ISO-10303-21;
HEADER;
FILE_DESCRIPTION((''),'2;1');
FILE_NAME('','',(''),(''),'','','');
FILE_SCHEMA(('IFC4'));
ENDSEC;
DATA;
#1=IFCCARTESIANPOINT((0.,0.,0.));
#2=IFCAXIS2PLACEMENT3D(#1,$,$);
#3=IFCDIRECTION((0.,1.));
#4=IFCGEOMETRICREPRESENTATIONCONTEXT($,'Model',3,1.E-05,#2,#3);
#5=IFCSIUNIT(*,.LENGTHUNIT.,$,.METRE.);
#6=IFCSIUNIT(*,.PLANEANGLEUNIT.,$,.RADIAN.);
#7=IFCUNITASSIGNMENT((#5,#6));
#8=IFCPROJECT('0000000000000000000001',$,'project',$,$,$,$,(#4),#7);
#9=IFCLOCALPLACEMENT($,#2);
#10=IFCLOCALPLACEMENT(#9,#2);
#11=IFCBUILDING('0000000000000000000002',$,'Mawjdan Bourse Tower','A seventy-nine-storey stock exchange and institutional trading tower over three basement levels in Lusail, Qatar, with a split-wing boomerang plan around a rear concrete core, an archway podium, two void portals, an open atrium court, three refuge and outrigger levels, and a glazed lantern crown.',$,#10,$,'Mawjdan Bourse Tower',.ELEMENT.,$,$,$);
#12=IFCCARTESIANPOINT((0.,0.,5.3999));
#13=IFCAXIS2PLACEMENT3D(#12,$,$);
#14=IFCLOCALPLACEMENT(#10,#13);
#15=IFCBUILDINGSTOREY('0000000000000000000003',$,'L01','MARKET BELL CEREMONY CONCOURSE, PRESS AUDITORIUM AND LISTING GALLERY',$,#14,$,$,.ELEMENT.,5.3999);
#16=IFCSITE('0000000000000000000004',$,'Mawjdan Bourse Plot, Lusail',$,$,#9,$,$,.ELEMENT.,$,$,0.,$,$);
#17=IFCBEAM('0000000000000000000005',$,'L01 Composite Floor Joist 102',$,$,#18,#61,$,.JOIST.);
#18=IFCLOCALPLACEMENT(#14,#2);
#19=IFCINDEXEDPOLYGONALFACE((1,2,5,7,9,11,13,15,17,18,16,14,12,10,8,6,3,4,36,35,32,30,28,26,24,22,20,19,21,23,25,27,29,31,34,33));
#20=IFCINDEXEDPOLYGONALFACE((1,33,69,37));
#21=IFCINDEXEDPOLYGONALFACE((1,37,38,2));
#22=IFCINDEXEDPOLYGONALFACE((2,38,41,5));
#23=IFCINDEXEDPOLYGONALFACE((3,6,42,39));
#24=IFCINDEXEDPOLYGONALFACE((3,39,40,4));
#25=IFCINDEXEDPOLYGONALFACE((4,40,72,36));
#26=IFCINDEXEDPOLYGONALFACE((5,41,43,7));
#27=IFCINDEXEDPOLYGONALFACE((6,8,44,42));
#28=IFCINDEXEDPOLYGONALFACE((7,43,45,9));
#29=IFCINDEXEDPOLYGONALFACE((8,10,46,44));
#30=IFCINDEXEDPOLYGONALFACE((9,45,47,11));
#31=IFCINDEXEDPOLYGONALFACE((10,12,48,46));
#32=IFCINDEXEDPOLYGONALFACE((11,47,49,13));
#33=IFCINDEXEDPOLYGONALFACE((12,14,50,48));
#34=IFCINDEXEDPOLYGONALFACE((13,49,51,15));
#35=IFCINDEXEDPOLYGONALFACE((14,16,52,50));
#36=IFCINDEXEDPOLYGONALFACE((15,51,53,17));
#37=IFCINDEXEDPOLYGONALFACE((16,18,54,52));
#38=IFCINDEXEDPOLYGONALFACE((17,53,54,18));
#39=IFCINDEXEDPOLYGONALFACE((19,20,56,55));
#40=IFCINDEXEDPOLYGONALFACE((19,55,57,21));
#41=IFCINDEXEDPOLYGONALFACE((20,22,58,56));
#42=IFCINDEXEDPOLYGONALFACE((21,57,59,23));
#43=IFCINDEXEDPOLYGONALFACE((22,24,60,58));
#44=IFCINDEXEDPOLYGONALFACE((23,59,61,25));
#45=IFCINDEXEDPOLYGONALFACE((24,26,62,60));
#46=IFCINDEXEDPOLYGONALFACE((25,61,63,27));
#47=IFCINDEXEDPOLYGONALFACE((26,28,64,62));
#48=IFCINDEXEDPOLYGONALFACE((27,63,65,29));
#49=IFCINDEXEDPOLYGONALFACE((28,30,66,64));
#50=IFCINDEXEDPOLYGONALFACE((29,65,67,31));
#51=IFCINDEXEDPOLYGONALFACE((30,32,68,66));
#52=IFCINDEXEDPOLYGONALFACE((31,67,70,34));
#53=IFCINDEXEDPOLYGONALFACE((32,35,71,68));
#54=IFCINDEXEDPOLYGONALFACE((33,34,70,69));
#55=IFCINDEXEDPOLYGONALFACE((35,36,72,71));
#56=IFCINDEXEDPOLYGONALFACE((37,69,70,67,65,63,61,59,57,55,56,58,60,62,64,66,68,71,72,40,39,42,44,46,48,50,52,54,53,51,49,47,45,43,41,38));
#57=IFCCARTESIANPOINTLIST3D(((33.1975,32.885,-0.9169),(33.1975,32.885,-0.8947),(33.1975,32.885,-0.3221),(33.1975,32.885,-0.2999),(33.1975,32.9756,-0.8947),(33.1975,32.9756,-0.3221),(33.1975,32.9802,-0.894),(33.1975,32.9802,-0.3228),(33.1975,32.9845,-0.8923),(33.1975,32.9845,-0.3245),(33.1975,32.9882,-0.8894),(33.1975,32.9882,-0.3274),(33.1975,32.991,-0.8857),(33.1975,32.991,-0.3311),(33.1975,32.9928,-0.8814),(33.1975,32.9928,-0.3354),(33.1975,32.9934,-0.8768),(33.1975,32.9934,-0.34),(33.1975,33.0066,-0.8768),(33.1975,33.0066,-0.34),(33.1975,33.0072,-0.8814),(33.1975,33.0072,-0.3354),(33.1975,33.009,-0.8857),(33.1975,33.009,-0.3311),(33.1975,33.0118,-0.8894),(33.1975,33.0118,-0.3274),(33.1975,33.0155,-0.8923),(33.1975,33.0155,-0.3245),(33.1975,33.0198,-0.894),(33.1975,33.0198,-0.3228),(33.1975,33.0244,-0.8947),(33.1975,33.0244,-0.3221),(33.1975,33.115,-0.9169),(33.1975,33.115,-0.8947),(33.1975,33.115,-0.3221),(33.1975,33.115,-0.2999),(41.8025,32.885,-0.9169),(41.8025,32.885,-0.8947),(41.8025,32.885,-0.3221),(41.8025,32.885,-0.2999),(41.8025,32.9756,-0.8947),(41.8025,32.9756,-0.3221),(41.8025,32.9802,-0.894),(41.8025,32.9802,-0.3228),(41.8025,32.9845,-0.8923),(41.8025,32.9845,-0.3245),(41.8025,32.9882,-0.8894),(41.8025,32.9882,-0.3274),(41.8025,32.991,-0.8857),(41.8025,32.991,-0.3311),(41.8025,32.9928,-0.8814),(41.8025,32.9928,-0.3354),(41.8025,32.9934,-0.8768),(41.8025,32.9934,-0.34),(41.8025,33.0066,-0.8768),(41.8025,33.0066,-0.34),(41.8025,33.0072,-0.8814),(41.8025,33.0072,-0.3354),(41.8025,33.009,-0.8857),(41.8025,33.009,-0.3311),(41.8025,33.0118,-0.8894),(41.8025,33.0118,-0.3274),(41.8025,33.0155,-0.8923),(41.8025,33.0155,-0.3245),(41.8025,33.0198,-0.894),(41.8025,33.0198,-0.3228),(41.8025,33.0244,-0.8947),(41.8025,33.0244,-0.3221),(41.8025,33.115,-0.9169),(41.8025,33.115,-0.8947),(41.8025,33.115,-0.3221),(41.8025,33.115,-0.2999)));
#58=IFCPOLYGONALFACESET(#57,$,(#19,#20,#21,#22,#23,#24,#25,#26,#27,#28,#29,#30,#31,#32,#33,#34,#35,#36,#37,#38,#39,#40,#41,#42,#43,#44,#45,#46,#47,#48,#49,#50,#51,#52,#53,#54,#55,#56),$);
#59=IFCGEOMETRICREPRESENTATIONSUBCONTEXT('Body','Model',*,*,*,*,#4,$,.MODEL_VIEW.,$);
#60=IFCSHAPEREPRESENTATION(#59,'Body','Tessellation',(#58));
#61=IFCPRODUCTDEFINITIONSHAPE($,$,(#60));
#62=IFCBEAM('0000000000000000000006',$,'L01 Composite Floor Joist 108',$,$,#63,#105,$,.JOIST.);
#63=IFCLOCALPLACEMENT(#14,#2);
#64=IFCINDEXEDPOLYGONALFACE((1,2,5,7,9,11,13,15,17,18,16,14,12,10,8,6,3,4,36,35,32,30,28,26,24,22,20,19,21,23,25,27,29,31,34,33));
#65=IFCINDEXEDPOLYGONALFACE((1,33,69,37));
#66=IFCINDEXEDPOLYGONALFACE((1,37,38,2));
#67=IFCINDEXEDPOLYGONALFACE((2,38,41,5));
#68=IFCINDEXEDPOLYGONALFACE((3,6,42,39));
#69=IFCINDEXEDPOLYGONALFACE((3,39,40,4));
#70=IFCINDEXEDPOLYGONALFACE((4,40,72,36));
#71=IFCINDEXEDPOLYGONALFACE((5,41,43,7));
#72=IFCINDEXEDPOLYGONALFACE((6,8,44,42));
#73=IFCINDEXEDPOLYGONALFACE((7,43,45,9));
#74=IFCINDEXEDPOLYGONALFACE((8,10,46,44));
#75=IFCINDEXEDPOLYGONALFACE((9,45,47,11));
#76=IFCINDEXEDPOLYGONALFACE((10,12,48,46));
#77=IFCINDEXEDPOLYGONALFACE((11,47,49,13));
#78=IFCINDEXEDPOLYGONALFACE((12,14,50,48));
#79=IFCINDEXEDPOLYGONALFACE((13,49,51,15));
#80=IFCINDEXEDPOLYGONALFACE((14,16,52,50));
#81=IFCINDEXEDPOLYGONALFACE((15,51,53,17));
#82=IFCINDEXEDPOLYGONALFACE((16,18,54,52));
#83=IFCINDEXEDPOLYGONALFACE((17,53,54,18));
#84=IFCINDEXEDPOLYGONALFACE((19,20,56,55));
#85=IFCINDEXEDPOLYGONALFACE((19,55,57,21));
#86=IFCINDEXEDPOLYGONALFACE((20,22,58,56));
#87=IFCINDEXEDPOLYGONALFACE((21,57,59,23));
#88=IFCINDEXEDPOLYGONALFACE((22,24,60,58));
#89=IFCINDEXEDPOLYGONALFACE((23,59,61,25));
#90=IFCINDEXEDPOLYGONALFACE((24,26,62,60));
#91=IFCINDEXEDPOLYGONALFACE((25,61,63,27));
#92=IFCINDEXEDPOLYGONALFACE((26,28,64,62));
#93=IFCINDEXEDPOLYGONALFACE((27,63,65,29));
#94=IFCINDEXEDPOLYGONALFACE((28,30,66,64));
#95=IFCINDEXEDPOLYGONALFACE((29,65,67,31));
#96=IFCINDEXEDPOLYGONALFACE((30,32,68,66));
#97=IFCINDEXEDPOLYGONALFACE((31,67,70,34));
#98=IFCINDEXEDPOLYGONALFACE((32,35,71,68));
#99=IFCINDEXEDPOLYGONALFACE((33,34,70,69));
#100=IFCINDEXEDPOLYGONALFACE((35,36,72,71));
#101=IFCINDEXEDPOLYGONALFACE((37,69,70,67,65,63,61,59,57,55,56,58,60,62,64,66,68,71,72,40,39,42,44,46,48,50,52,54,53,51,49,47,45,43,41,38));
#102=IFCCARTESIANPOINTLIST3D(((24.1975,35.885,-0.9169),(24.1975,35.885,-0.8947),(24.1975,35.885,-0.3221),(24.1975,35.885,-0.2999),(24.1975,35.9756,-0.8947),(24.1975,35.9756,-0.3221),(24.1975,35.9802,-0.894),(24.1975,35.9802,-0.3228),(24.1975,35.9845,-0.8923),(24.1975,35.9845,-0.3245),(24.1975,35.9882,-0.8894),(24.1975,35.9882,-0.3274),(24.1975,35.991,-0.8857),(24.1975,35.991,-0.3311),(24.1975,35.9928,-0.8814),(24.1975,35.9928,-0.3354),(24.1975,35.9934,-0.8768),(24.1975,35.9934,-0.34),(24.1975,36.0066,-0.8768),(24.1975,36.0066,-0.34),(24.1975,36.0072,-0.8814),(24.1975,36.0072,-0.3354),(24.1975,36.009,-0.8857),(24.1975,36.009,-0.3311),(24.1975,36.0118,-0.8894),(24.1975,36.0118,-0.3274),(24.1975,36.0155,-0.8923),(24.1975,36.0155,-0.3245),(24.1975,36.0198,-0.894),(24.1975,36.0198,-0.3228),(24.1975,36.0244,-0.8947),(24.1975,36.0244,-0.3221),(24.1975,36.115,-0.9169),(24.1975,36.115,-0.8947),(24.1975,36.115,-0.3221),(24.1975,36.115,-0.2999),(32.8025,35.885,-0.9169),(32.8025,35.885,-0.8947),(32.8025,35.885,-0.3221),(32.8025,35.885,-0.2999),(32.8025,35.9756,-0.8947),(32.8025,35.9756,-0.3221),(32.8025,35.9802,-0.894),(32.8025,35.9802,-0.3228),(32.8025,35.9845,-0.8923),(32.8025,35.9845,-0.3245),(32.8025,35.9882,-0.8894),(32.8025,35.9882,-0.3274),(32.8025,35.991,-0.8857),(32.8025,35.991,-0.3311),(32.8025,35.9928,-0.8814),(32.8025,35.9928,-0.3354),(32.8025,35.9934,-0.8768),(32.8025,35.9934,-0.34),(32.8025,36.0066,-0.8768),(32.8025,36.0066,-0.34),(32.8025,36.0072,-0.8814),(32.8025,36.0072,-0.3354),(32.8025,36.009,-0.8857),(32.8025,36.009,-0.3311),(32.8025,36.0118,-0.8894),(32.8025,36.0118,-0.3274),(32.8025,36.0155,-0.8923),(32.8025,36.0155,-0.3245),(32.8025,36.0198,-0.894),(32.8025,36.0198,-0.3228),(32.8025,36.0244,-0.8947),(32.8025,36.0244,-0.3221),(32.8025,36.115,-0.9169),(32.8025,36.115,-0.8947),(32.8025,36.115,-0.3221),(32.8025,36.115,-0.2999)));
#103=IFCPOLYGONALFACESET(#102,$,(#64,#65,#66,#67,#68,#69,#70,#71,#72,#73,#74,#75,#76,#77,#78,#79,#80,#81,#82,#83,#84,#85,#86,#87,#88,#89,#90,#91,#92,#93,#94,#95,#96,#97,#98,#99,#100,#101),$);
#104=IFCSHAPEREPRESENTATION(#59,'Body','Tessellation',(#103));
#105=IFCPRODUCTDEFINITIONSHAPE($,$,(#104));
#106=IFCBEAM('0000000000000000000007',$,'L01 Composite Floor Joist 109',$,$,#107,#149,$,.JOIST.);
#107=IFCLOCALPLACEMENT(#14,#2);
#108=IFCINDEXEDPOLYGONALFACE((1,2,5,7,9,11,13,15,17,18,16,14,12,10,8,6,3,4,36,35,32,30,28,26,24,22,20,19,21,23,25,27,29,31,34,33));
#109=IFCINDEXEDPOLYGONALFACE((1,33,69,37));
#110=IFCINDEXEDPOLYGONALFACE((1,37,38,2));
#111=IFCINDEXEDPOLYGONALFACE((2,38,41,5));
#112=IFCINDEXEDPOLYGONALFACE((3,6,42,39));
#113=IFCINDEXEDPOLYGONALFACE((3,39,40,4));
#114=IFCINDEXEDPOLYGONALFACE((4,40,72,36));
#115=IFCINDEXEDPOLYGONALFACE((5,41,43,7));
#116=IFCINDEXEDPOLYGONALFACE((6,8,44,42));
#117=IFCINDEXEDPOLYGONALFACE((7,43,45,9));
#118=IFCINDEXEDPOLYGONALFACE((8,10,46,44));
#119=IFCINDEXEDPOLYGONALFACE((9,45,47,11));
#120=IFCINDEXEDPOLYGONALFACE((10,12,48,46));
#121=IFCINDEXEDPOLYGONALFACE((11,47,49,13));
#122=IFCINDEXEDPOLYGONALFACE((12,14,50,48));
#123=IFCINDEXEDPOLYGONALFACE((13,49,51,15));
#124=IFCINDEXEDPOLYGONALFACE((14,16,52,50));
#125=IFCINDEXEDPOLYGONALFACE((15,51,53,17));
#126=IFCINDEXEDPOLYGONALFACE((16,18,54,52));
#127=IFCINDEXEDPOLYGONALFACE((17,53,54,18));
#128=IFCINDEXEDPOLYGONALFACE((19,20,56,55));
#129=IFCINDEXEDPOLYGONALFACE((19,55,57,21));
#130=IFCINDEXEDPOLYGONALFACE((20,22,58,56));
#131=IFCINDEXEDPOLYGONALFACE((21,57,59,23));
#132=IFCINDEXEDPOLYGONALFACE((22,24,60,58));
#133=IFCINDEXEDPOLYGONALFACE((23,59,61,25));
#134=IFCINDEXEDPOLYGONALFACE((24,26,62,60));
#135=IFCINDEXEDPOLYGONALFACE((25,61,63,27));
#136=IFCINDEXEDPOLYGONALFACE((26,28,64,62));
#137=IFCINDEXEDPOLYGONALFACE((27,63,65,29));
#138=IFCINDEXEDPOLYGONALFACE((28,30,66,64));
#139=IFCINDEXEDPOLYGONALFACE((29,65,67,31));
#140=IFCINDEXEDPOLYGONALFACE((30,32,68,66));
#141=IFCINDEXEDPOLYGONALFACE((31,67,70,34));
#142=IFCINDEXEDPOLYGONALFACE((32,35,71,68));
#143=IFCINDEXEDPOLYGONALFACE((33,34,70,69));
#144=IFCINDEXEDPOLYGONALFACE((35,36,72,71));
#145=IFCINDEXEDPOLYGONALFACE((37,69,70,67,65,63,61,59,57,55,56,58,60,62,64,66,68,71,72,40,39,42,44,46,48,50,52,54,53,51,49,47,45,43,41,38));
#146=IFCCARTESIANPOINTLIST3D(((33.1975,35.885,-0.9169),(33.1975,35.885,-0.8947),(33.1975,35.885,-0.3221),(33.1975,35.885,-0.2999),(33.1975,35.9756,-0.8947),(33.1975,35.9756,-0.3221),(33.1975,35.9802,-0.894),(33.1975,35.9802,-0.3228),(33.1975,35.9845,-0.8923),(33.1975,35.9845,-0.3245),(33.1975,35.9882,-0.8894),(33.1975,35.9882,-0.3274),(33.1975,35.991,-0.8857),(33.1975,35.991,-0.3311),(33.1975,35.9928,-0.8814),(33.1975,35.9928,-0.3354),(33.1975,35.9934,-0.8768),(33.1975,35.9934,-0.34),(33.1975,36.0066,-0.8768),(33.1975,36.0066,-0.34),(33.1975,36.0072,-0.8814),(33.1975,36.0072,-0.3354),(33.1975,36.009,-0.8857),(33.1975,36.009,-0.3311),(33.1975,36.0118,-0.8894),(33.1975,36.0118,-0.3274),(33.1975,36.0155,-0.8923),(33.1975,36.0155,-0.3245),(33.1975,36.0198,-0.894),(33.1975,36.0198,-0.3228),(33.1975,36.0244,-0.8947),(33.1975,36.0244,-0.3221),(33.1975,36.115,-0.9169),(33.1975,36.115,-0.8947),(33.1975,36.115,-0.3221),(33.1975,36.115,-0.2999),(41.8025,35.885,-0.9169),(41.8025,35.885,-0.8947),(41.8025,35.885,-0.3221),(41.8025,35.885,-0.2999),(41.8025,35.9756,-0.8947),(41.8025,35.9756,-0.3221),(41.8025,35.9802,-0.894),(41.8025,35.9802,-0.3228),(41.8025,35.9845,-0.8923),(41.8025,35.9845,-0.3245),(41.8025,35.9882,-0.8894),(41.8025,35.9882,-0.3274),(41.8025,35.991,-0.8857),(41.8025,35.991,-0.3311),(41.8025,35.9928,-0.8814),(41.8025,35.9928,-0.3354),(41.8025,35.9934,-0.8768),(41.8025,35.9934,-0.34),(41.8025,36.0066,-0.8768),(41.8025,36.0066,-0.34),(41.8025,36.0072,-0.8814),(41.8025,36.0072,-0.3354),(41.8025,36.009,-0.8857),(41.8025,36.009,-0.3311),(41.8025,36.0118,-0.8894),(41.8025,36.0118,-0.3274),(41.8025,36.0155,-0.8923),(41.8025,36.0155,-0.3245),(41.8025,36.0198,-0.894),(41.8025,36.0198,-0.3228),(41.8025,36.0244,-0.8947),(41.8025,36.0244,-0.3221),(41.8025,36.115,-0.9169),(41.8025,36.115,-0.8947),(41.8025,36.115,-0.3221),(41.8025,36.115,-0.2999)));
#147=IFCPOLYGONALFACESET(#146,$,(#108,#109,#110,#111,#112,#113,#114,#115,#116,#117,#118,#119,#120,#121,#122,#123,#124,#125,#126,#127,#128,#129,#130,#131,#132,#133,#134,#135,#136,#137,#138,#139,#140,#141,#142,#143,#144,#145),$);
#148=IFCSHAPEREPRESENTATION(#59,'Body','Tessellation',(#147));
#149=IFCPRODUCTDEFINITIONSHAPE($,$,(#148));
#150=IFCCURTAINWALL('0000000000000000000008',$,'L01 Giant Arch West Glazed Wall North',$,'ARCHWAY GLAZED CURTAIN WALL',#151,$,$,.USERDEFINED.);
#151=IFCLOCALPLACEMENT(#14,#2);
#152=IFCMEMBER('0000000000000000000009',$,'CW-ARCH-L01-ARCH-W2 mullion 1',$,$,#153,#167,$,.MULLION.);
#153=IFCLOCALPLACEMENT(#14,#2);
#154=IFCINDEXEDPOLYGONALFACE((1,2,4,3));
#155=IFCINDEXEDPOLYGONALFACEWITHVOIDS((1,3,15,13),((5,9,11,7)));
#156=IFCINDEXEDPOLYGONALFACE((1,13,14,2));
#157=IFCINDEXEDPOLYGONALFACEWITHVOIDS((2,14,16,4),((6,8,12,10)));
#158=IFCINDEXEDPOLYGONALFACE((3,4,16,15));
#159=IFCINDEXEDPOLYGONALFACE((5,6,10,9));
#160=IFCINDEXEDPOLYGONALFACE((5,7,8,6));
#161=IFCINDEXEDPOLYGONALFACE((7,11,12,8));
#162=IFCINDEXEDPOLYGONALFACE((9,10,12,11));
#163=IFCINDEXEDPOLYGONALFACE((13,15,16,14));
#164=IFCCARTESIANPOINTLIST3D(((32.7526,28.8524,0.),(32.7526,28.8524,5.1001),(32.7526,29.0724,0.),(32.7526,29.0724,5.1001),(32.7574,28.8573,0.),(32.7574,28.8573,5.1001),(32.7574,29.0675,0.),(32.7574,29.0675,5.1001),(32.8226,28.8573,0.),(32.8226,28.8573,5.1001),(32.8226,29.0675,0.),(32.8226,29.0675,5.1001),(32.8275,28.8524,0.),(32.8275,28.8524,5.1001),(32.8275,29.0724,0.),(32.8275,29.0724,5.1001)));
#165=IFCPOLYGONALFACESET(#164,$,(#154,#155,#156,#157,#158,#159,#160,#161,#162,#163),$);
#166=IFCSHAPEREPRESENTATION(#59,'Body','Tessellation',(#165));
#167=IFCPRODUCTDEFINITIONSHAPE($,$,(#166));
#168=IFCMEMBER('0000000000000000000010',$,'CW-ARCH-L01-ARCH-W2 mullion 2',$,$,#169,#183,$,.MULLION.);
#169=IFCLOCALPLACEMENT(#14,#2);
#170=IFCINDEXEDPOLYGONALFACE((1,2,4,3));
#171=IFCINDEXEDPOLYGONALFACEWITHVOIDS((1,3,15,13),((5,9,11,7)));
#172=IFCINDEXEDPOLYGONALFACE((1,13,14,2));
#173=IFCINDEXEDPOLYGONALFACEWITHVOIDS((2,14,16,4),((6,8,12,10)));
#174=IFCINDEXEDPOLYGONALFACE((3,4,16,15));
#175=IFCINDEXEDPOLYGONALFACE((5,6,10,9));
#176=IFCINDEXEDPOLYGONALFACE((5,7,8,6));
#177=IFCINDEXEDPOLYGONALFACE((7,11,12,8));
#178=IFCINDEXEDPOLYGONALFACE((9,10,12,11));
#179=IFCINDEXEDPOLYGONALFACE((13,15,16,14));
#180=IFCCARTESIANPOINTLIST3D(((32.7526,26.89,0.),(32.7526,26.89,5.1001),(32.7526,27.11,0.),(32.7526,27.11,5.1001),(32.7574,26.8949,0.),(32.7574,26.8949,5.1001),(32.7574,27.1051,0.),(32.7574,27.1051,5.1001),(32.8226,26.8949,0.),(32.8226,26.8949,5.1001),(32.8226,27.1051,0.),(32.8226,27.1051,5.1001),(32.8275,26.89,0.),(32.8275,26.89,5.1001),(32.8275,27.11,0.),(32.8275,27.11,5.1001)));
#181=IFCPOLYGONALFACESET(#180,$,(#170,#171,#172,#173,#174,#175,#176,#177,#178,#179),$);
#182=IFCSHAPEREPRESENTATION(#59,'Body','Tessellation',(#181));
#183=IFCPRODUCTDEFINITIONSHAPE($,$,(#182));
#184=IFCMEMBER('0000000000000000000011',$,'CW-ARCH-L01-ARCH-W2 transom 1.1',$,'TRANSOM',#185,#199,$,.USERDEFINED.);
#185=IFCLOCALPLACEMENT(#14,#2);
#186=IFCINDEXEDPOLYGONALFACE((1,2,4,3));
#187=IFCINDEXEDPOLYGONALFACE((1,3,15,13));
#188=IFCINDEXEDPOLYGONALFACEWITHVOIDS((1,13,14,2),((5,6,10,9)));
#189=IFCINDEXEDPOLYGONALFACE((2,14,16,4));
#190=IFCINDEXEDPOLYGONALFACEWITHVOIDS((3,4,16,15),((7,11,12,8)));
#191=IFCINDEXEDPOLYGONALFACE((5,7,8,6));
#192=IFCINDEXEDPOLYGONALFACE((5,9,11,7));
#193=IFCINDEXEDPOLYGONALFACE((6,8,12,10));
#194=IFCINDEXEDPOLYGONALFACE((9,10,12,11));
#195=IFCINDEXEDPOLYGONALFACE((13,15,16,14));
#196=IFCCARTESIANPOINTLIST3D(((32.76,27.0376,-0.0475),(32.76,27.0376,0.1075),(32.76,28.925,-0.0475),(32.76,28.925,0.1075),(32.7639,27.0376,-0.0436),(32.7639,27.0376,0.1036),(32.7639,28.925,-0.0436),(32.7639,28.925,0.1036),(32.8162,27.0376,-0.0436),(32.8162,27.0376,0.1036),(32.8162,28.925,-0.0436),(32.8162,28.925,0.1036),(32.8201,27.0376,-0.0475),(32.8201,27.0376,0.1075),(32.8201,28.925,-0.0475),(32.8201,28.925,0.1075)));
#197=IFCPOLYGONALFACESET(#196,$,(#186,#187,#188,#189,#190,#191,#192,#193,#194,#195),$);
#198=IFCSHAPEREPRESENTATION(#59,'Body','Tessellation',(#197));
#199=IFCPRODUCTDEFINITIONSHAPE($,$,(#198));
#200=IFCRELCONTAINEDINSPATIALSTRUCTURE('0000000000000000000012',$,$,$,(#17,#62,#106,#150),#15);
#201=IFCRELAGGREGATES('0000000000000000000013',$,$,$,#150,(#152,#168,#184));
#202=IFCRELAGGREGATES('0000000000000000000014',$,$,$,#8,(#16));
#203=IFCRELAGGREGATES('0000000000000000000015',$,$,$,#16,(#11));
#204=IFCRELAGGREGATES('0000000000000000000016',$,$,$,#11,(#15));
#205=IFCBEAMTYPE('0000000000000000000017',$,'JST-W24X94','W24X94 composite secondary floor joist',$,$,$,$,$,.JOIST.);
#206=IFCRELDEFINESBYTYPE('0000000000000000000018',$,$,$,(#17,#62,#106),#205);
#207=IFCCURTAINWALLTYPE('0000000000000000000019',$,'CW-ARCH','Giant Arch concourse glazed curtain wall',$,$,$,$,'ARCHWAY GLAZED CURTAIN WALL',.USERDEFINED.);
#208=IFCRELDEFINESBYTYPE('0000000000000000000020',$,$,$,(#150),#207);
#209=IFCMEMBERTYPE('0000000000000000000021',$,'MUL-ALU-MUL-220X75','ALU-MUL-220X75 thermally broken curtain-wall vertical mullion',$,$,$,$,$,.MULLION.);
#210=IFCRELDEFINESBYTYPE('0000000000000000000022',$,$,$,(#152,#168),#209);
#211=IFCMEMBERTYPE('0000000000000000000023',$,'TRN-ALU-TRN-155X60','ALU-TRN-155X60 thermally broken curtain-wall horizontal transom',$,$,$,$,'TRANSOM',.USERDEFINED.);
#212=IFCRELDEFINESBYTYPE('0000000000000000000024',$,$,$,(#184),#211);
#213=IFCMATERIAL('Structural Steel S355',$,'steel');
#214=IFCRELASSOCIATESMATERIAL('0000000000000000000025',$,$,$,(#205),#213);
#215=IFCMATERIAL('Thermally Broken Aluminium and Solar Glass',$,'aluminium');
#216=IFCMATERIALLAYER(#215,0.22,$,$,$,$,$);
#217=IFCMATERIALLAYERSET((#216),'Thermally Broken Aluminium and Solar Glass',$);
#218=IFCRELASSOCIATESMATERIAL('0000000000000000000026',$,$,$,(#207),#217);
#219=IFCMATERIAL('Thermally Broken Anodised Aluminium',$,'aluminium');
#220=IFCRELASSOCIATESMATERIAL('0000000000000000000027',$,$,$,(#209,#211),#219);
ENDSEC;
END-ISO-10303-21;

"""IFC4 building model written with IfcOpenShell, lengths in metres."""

from ifc_helpers import new_model, si_unit, direction, frame, origin, origin_2d, place, context, subcontext, project, spatial, hollow_rectangle, i_section, extrude, material, layer, layer_set, material_profile, profile_set, type_object, element, aggregate, save


model = new_model("IFC4")

# Units and contexts
model_context = context("Model", 3, precision=1e-05, world=origin(), true_north=direction((0.0, 1.0)))
body_context = subcontext(model_context, "Body", "Model", "MODEL_VIEW")
ifc_project = project(units=[si_unit("LENGTHUNIT", "METRE"), si_unit("PLANEANGLEUNIT", "RADIAN")], contexts=[model_context])

# Site, building, storey
site_placement = place(None, origin())
site = spatial("IfcSite", under=ifc_project, at=site_placement, Name="Mawjdan Bourse Plot, Lusail", CompositionType="ELEMENT", RefElevation=0.0)
building_placement = place(site_placement, origin())
building = spatial("IfcBuilding", under=site, at=building_placement, Name="Mawjdan Bourse Tower", Description="A seventy-nine-storey stock exchange and institutional trading tower over three basement levels in Lusail, Qatar, with a split-wing boomerang plan around a rear concrete core, an archway podium, two void portals, an open atrium court, three refuge and outrigger levels, and a glazed lantern crown.", LongName="Mawjdan Bourse Tower", CompositionType="ELEMENT")
storey_placement = place(building_placement, frame((0.0, 0.0, 5.3999)))
storey = spatial("IfcBuildingStorey", under=building, at=storey_placement, Name="L01", Description="MARKET BELL CEREMONY CONCOURSE, PRESS AUDITORIUM AND LISTING GALLERY", CompositionType="ELEMENT", Elevation=5.3999)

# Beams
ifc_material_1 = material(Name="Structural Steel S355", Category="steel")
ifc_material_profile_1 = material_profile(ifc_material_1, i_section(OverallWidth=0.23, OverallDepth=0.6169, WebThickness=0.0132, FlangeThickness=0.0222, FilletRadius=0.0178, at=origin_2d()), Name="W24X94")
ifc_profile_set_1 = profile_set([ifc_material_profile_1], Name="Structural Steel S355")
beam_type_1 = type_object("IfcBeamType", Name="JST-W24X94", Description="W24X94 composite secondary floor joist", PredefinedType="JOIST", material=ifc_profile_set_1)
for number, where, z_axis, x_axis, name in (
    (1, (33.1975, 33.0, -0.6084), (1.0, 0.0, 0.0), (0.0, 1.0, 0.0), "L01 Composite Floor Joist 102"),
    (2, (24.1975, 36.0, -0.6084), (1.0, 0.0, 0.0), (0.0, 1.0, 0.0), "L01 Composite Floor Joist 108"),
    (3, (33.1975, 36.0, -0.6084), (1.0, 0.0, 0.0), (0.0, 1.0, 0.0), "L01 Composite Floor Joist 109"),
):
    element("IfcBeam", number, at=place(storey_placement, frame(where, z_axis=z_axis, x_axis=x_axis)), inside=storey, type_object=beam_type_1, Name=name, PredefinedType="JOIST", context=body_context, shape_type="SweptSolid", body=[
        extrude(i_section(OverallWidth=0.23, OverallDepth=0.6169, WebThickness=0.0132, FlangeThickness=0.0222, FilletRadius=0.0178, at=origin_2d()), origin(), (0.0, 0.0, 1.0), 8.605),
    ])

# Curtain wall, members
ifc_material_2 = material(Name="Thermally Broken Aluminium and Solar Glass", Category="aluminium")
ifc_layer_1 = layer(ifc_material_2, 0.22)
ifc_layer_set_1 = layer_set([ifc_layer_1], Name="Thermally Broken Aluminium and Solar Glass")
curtain_wall_type = type_object("IfcCurtainWallType", Name="CW-ARCH", Description="Giant Arch concourse glazed curtain wall", ElementType="ARCHWAY GLAZED CURTAIN WALL", PredefinedType="USERDEFINED", material=ifc_layer_set_1)
curtain_wall_placement = place(storey_placement, origin())
curtain_wall = element("IfcCurtainWall", 4, at=curtain_wall_placement, inside=storey, type_object=curtain_wall_type, Name="L01 Giant Arch West Glazed Wall North", ObjectType="ARCHWAY GLAZED CURTAIN WALL", PredefinedType="USERDEFINED")
ifc_material_3 = material(Name="Thermally Broken Anodised Aluminium", Category="aluminium")
ifc_material_profile_2 = material_profile(ifc_material_3, hollow_rectangle(XDim=0.075, YDim=0.22, WallThickness=0.0049, at=origin_2d()), Name="ALU-MUL-220X75")
ifc_profile_set_2 = profile_set([ifc_material_profile_2], Name="Thermally Broken Anodised Aluminium")
member_type_1 = type_object("IfcMemberType", Name="MUL-ALU-MUL-220X75", Description="ALU-MUL-220X75 thermally broken curtain-wall vertical mullion", PredefinedType="MULLION", material=ifc_profile_set_2)
member_1_placement = place(storey_placement, frame((32.79, 28.9624, 0.0), z_axis=(0.0, 0.0, 1.0), x_axis=(1.0, 0.0, 0.0)))
member_1 = element("IfcMember", 5, at=member_1_placement, type_object=member_type_1, Name="CW-ARCH-L01-ARCH-W2 mullion 1", PredefinedType="MULLION", context=body_context, shape_type="SweptSolid", body=[
    extrude(hollow_rectangle(XDim=0.075, YDim=0.22, WallThickness=0.0049, at=origin_2d()), origin(), (0.0, 0.0, 1.0), 5.1001),
])
member_2_placement = place(storey_placement, frame((32.79, 27.0, 0.0), z_axis=(0.0, 0.0, 1.0), x_axis=(1.0, 0.0, 0.0)))
member_2 = element("IfcMember", 6, at=member_2_placement, type_object=member_type_1, Name="CW-ARCH-L01-ARCH-W2 mullion 2", PredefinedType="MULLION", context=body_context, shape_type="SweptSolid", body=[
    extrude(hollow_rectangle(XDim=0.075, YDim=0.22, WallThickness=0.0049, at=origin_2d()), origin(), (0.0, 0.0, 1.0), 5.1001),
])
ifc_material_profile_3 = material_profile(ifc_material_3, hollow_rectangle(XDim=0.0601, YDim=0.155, WallThickness=0.0039, at=origin_2d()), Name="ALU-TRN-155X60")
ifc_profile_set_3 = profile_set([ifc_material_profile_3], Name="Thermally Broken Anodised Aluminium")
member_type_2 = type_object("IfcMemberType", Name="TRN-ALU-TRN-155X60", Description="ALU-TRN-155X60 thermally broken curtain-wall horizontal transom", ElementType="TRANSOM", PredefinedType="USERDEFINED", material=ifc_profile_set_3)
member_3_placement = place(storey_placement, frame((32.79, 28.925, 0.03), z_axis=(0.0, -1.0, 0.0), x_axis=(1.0, 0.0, 0.0)))
member_3 = element("IfcMember", 7, at=member_3_placement, type_object=member_type_2, Name="CW-ARCH-L01-ARCH-W2 transom 1.1", ObjectType="TRANSOM", PredefinedType="USERDEFINED", context=body_context, shape_type="SweptSolid", body=[
    extrude(hollow_rectangle(XDim=0.0601, YDim=0.155, WallThickness=0.0039, at=origin_2d()), origin(), (0.0, 0.0, 1.0), 1.8875),
])
aggregate(curtain_wall, [member_1, member_2, member_3])

save(model, "model.ifc")
